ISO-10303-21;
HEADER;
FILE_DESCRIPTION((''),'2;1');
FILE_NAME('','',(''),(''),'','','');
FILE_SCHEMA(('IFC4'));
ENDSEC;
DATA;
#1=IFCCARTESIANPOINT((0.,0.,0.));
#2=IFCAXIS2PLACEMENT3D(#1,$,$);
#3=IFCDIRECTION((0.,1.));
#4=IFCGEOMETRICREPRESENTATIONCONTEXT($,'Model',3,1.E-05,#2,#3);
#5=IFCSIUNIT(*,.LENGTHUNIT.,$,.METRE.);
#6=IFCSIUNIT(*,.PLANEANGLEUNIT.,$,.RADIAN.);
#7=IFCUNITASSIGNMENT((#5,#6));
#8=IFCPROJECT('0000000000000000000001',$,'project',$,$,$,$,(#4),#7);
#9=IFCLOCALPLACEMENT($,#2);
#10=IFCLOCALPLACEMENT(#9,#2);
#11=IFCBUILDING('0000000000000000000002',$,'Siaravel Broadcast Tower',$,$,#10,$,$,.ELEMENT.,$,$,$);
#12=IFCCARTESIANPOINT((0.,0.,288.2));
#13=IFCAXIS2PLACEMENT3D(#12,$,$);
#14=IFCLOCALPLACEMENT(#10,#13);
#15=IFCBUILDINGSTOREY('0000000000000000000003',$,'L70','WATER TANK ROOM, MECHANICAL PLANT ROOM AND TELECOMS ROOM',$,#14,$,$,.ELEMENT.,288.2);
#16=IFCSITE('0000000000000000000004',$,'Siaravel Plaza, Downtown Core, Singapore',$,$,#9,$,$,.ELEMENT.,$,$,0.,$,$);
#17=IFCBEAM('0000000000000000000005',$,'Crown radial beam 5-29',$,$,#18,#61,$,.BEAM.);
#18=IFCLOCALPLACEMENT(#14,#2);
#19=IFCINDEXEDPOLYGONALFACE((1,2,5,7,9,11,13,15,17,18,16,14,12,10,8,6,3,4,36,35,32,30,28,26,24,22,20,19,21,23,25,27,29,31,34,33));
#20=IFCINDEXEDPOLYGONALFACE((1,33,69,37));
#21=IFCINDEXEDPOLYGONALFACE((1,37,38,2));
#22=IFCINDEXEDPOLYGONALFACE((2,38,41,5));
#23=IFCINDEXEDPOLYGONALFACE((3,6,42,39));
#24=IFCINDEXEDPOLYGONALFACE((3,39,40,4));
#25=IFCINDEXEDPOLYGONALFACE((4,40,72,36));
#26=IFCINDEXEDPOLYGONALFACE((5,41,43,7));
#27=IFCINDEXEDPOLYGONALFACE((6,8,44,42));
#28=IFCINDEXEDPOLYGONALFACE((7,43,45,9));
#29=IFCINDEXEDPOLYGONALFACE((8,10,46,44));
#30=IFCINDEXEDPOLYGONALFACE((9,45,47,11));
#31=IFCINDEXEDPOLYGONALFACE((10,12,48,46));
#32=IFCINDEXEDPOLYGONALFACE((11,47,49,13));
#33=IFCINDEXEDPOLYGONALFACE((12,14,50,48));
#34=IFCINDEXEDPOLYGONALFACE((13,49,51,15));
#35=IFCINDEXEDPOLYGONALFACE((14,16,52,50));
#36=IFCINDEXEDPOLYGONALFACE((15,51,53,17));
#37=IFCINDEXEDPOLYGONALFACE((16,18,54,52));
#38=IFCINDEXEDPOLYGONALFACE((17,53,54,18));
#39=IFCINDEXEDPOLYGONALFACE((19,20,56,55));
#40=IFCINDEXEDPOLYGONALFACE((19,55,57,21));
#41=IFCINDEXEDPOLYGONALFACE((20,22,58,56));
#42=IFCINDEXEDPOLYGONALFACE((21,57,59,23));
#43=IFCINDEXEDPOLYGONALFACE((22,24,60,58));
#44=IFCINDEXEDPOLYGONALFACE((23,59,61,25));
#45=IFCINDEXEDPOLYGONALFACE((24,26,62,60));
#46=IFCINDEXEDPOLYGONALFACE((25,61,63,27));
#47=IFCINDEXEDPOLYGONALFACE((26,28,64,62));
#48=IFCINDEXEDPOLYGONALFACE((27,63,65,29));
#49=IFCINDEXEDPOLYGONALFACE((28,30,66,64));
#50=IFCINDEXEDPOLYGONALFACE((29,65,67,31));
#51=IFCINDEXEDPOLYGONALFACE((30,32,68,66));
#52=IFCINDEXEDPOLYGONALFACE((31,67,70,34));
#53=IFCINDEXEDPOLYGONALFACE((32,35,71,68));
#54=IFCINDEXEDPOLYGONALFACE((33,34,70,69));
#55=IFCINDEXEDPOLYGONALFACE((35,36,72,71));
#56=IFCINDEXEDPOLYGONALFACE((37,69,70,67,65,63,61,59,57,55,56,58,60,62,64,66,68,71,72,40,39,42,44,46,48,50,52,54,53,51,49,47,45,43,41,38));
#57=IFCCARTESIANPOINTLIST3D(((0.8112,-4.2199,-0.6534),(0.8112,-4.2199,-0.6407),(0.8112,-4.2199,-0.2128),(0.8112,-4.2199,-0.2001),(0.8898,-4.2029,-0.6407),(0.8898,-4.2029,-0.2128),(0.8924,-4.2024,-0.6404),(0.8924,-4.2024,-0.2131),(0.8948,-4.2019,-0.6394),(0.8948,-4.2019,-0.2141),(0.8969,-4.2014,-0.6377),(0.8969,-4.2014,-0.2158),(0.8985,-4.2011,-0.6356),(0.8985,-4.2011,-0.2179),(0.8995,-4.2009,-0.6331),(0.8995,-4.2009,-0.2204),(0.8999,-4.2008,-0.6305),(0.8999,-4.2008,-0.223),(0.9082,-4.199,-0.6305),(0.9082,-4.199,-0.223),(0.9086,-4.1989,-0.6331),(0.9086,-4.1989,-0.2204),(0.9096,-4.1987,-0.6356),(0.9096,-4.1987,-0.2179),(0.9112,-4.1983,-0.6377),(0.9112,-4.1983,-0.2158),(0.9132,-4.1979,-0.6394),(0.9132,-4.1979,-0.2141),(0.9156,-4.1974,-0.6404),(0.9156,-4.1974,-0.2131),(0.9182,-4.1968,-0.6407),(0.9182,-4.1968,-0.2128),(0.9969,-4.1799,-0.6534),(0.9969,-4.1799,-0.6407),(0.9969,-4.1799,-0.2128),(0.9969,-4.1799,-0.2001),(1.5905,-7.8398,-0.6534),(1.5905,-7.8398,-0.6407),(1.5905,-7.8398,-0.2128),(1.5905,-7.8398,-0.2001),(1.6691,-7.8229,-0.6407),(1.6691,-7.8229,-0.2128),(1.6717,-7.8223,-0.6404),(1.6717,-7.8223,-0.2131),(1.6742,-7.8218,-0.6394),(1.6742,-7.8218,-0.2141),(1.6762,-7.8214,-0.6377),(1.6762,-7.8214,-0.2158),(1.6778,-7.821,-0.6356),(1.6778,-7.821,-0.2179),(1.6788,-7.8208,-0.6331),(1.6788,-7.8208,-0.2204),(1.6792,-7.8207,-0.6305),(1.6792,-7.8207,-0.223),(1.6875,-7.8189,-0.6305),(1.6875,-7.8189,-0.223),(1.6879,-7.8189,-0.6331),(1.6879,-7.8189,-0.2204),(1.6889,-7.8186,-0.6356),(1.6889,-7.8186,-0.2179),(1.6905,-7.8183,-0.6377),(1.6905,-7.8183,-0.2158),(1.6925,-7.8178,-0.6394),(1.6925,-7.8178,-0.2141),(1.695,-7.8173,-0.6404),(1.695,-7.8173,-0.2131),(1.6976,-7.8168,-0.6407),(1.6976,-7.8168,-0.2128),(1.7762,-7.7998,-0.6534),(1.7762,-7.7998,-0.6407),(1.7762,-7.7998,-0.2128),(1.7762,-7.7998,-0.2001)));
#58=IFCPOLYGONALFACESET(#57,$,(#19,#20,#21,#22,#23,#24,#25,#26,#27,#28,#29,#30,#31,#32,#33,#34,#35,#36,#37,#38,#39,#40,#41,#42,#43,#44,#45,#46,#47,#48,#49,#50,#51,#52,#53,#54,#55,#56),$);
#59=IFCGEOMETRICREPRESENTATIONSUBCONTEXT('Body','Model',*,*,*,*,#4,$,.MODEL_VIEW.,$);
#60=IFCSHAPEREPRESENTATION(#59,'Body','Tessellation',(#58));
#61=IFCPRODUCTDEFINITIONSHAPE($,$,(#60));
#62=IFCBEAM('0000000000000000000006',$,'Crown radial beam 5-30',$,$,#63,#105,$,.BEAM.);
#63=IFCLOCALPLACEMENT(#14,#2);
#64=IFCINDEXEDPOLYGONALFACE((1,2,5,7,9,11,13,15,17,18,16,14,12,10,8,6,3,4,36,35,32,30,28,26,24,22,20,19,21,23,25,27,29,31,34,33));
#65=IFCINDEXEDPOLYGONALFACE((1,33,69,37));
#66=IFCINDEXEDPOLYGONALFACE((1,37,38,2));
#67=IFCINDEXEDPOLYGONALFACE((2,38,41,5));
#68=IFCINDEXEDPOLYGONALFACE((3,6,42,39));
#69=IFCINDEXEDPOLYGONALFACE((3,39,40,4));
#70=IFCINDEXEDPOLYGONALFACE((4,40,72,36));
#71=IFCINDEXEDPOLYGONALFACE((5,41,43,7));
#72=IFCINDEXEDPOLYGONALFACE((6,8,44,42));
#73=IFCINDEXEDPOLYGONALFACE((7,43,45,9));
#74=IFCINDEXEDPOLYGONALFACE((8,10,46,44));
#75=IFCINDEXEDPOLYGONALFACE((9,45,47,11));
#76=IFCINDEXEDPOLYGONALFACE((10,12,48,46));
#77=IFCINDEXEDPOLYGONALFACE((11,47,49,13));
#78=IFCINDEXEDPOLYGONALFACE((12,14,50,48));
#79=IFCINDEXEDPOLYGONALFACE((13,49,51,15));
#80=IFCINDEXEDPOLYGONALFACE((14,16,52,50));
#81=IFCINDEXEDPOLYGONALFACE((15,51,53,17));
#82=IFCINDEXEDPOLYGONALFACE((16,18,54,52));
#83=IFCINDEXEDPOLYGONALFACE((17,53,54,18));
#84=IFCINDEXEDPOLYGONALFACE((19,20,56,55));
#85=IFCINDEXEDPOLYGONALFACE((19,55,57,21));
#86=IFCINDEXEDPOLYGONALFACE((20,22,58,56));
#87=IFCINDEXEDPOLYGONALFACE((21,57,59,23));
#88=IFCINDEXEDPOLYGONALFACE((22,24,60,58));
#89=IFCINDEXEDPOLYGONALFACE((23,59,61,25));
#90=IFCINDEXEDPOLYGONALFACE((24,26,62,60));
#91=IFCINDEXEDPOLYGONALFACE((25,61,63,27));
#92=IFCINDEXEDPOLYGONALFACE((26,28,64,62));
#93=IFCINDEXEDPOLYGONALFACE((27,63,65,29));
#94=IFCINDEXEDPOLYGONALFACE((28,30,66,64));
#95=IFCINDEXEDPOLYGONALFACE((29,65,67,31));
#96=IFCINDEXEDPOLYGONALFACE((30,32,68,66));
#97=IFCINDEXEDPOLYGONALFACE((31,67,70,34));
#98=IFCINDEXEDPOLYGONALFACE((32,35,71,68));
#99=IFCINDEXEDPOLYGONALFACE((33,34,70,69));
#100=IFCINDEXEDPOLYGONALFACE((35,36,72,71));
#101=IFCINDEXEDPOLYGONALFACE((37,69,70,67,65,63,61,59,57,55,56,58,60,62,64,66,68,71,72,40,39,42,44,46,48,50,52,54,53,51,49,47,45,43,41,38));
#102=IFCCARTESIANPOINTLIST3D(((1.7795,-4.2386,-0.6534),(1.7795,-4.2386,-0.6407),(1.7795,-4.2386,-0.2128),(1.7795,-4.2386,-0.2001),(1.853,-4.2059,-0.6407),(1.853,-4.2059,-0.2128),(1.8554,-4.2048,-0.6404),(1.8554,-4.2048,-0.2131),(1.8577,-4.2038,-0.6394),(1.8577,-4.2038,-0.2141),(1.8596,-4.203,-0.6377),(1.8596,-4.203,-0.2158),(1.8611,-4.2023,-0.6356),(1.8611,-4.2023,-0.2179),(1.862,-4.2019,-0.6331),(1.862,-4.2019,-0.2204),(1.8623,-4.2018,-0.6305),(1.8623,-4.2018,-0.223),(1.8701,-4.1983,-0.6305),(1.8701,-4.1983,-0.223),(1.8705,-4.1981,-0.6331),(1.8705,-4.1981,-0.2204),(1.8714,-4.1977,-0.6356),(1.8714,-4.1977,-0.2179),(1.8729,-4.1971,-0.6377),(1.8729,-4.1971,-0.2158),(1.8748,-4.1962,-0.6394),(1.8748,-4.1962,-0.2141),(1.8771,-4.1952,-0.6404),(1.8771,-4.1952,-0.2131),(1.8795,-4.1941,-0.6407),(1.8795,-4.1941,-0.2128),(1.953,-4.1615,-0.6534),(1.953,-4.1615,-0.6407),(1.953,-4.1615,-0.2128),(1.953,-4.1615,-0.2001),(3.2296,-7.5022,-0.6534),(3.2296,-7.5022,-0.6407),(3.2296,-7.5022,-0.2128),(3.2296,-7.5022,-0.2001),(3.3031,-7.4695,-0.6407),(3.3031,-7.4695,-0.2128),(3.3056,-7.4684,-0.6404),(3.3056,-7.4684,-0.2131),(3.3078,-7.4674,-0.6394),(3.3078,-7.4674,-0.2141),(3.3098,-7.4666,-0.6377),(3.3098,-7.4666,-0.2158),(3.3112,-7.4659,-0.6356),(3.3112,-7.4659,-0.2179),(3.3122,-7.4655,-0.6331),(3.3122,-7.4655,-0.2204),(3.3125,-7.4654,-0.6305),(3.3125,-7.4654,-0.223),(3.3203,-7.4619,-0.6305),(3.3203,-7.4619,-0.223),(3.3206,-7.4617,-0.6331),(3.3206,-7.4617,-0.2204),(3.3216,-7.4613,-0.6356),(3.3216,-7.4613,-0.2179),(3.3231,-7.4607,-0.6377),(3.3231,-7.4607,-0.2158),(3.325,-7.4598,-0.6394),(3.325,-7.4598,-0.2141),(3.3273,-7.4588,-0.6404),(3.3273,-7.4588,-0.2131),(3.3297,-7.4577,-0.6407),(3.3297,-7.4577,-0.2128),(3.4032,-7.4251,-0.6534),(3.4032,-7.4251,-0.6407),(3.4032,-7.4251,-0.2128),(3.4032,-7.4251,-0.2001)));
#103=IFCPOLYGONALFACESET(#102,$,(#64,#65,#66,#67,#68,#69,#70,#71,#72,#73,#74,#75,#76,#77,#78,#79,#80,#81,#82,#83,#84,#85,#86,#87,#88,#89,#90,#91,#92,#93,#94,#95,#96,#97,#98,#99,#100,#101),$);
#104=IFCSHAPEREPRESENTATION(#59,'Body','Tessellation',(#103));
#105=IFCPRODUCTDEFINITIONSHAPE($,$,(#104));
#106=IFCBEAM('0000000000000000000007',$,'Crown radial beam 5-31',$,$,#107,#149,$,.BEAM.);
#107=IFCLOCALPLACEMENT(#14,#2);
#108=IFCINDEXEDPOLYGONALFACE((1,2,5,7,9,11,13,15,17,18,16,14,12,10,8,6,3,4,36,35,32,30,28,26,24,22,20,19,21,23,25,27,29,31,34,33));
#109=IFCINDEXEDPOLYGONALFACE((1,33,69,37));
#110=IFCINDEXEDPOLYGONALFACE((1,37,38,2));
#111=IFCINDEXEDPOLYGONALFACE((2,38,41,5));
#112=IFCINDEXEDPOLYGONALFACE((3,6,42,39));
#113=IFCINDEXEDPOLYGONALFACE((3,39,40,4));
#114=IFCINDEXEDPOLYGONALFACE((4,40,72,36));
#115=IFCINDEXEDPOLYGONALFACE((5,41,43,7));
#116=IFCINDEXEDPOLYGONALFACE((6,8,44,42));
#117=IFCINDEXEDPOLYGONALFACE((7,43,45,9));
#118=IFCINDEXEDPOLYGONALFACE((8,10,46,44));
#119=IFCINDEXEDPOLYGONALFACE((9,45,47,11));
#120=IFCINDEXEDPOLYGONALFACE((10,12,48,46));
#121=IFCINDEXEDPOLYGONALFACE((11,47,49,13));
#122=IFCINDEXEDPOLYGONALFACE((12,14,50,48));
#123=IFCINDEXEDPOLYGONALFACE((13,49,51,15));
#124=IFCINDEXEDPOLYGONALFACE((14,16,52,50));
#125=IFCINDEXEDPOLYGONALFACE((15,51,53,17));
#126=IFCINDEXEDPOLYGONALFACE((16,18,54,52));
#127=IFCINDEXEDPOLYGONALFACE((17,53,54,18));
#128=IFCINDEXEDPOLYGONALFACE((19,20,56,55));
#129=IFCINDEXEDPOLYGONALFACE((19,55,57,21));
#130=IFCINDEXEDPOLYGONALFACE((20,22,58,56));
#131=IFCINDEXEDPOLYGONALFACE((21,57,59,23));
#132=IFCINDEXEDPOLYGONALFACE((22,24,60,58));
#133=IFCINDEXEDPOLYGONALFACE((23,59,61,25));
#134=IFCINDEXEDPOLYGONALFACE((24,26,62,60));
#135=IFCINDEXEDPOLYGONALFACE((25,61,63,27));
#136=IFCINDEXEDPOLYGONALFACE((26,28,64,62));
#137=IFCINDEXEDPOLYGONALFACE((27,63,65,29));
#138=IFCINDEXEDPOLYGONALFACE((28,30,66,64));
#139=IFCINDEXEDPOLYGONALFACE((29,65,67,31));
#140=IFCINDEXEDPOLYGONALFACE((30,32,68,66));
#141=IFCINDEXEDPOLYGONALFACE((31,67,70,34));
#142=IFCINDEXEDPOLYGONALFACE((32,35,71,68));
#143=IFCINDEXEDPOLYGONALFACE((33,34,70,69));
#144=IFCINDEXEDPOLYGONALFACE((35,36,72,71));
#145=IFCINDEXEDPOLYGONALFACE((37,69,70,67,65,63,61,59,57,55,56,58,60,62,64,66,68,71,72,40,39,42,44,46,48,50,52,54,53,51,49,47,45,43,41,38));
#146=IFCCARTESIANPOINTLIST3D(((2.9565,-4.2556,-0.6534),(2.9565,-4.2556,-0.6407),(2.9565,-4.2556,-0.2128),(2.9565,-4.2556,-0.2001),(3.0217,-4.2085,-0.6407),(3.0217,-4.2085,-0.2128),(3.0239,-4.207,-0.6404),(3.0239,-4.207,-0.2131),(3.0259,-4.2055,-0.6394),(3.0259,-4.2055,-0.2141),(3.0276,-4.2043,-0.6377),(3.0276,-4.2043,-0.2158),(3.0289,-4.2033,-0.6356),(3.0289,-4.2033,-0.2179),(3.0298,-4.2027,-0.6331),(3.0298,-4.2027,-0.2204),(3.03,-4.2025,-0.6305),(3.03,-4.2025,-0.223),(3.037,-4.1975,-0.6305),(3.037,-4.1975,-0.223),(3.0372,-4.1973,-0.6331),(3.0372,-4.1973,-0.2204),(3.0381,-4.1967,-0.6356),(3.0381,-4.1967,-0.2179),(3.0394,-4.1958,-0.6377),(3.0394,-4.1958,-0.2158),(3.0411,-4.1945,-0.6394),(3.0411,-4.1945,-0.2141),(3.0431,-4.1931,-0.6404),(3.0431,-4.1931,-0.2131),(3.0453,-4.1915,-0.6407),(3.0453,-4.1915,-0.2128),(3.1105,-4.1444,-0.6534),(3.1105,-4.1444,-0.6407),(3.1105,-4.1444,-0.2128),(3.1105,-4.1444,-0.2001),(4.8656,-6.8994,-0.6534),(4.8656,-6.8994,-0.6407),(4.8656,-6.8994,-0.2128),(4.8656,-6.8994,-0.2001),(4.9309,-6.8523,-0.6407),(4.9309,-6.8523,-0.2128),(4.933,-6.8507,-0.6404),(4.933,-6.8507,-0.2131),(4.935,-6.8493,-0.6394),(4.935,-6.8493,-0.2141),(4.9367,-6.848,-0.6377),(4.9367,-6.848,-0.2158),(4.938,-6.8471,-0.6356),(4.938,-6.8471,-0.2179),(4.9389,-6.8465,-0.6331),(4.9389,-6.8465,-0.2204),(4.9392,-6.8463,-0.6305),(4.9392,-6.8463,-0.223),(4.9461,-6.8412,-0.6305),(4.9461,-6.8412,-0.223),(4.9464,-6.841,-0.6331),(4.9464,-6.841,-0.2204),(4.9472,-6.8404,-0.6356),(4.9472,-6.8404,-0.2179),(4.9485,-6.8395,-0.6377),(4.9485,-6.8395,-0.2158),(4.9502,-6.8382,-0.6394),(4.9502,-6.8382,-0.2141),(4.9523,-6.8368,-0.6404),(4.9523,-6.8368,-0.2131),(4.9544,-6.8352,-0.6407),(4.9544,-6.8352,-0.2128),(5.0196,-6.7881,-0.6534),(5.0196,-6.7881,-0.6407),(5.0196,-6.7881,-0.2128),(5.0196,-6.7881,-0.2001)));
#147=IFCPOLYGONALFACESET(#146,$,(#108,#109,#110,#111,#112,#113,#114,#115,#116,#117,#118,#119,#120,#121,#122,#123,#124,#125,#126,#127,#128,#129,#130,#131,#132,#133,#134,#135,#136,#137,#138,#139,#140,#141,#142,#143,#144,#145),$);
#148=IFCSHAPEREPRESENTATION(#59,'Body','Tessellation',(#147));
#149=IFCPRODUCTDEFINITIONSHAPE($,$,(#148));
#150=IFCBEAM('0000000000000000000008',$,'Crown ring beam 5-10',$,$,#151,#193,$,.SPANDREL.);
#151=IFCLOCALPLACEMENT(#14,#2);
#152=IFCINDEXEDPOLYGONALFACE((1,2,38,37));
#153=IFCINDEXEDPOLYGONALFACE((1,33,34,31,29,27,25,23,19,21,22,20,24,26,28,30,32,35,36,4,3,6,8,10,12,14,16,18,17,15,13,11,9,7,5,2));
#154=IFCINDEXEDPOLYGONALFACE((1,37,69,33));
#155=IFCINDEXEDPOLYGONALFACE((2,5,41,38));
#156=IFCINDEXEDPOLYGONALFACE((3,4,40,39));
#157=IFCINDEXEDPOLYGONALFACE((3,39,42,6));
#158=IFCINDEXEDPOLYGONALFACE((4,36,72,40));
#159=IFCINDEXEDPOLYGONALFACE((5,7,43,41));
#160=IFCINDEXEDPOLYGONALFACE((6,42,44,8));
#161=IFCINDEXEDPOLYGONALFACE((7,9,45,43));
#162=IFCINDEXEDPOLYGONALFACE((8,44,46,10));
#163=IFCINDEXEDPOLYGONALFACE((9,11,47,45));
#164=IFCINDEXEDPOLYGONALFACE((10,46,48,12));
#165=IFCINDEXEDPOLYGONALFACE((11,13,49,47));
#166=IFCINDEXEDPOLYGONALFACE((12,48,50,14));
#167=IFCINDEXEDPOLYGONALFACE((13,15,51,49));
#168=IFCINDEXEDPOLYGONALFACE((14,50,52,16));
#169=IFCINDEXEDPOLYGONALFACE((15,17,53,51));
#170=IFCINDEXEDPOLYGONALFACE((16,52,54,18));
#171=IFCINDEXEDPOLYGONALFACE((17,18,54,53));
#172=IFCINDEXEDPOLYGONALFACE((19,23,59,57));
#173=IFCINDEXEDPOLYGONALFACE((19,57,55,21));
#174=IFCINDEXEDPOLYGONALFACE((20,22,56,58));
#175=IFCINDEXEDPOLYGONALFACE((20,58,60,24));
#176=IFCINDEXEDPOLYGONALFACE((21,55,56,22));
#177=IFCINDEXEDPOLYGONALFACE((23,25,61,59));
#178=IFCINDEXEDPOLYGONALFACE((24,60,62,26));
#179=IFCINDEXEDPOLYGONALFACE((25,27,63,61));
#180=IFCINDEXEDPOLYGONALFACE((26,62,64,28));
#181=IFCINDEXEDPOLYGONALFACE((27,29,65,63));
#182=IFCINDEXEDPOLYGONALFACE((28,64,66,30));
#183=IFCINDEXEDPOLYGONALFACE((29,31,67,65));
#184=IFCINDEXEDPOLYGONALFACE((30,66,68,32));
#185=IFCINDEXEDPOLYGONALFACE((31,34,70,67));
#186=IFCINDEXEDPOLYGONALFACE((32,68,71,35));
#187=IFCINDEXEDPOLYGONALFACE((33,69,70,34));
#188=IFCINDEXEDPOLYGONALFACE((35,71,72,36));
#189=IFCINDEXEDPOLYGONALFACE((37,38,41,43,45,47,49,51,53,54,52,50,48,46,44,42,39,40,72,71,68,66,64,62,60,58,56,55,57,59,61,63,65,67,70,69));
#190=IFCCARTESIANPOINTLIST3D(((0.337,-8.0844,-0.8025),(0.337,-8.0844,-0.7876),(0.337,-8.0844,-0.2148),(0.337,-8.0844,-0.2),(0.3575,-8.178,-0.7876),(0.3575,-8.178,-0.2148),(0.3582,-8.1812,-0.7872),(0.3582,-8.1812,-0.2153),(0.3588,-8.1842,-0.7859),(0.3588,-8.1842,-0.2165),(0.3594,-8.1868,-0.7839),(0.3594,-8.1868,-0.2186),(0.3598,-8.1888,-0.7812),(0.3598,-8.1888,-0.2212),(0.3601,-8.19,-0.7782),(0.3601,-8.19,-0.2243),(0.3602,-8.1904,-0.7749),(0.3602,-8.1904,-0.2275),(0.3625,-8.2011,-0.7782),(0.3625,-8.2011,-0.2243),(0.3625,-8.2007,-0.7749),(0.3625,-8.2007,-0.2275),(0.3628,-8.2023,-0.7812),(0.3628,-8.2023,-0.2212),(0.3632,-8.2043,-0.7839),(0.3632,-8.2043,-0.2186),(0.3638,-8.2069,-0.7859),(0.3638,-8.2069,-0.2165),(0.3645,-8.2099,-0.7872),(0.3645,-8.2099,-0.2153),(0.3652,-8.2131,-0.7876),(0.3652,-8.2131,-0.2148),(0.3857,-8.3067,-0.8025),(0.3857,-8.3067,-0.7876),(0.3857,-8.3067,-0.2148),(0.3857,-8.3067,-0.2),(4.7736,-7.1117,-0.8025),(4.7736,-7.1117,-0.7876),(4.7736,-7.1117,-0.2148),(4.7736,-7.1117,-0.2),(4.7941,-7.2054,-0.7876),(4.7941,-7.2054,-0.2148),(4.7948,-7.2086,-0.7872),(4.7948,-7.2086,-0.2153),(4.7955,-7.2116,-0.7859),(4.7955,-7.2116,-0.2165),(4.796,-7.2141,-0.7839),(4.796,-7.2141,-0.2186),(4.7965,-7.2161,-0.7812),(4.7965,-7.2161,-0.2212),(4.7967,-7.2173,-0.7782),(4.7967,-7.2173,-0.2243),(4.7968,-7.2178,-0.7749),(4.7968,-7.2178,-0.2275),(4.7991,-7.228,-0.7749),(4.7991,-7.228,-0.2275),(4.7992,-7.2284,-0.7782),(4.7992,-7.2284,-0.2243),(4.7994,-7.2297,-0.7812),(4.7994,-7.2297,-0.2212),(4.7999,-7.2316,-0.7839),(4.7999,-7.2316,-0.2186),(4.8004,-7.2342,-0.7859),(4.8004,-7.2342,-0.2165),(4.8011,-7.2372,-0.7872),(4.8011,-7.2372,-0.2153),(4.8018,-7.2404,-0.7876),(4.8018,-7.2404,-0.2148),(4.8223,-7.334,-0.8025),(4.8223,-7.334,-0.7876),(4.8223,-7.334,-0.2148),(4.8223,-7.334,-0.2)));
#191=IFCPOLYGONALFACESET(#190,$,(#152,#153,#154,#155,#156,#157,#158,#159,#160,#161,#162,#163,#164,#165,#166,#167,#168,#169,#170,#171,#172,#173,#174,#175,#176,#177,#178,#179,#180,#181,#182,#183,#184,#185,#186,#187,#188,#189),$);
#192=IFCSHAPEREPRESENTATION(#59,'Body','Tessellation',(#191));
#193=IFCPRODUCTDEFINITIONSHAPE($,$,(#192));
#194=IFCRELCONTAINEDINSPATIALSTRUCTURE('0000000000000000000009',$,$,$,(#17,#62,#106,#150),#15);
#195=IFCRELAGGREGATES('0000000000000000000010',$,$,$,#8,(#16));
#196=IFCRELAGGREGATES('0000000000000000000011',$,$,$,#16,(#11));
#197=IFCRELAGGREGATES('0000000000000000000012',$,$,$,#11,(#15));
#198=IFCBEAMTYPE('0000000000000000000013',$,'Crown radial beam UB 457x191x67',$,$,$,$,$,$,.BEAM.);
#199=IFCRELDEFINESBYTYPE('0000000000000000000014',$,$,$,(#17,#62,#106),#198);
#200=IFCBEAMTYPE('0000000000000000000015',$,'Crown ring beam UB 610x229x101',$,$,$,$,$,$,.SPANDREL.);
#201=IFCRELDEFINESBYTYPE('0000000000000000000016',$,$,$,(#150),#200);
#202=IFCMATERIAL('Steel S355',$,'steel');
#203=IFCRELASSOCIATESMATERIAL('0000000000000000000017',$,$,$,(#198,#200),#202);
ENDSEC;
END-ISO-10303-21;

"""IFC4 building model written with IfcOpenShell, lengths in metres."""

from ifc_helpers import new_model, si_unit, direction, frame, origin, origin_2d, place, context, subcontext, project, spatial, i_section, extrude, material, material_profile, profile_set, type_object, element, save


model = new_model("IFC4")

# Units and contexts
model_context = context("Model", 3, precision=1e-05, world=origin(), true_north=direction((0.0, 1.0)))
body_context = subcontext(model_context, "Body", "Model", "MODEL_VIEW")
ifc_project = project(units=[si_unit("LENGTHUNIT", "METRE"), si_unit("PLANEANGLEUNIT", "RADIAN")], contexts=[model_context])

# Site, building, storey
site_placement = place(None, origin())
site = spatial("IfcSite", under=ifc_project, at=site_placement, Name="Siaravel Plaza, Downtown Core, Singapore", CompositionType="ELEMENT", RefElevation=0.0)
building_placement = place(site_placement, origin())
building = spatial("IfcBuilding", under=site, at=building_placement, Name="Siaravel Broadcast Tower", CompositionType="ELEMENT")
storey_placement = place(building_placement, frame((0.0, 0.0, 288.2)))
storey = spatial("IfcBuildingStorey", under=building, at=storey_placement, Name="L70", Description="WATER TANK ROOM, MECHANICAL PLANT ROOM AND TELECOMS ROOM", CompositionType="ELEMENT", Elevation=288.2)

# Beams
ifc_material_1 = material(Name="Steel S355", Category="steel")
ifc_material_profile_1 = material_profile(ifc_material_1, i_section(OverallWidth=0.1899, OverallDepth=0.4534, WebThickness=0.0085, FlangeThickness=0.0127, FilletRadius=0.0103, at=origin_2d()))
ifc_profile_set_1 = profile_set([ifc_material_profile_1], Name="Steel S355")
beam_type_1 = type_object("IfcBeamType", Name="Crown radial beam UB 457x191x67", PredefinedType="BEAM", material=ifc_profile_set_1)
beam_1_placement = place(storey_placement, frame((1.6833, -7.8198, -0.4268), z_axis=(-0.210461, 0.977602, 0.0), x_axis=(-0.977602, -0.210461, 0.0)))
element("IfcBeam", 1, at=beam_1_placement, inside=storey, type_object=beam_type_1, Name="Crown radial beam 5-29", PredefinedType="BEAM", context=body_context, shape_type="SweptSolid", body=[
    extrude(i_section(OverallWidth=0.1899, OverallDepth=0.4534, WebThickness=0.0085, FlangeThickness=0.0127, FilletRadius=0.0103, at=origin_2d()), origin(), (0.0, 0.0, 1.0), 3.7029),
])
beam_2_placement = place(storey_placement, frame((3.3164, -7.4636, -0.4268), z_axis=(-0.406062, 0.913845, 0.0), x_axis=(-0.913845, -0.406062, 0.0)))
element("IfcBeam", 2, at=beam_2_placement, inside=storey, type_object=beam_type_1, Name="Crown radial beam 5-30", PredefinedType="BEAM", context=body_context, shape_type="SweptSolid", body=[
    extrude(i_section(OverallWidth=0.1899, OverallDepth=0.4534, WebThickness=0.0085, FlangeThickness=0.0127, FilletRadius=0.0103, at=origin_2d()), origin(), (0.0, 0.0, 1.0), 3.5713),
])
beam_3_placement = place(storey_placement, frame((4.9426, -6.8438, -0.4268), z_axis=(-0.585444, 0.810713, 0.0), x_axis=(-0.810713, -0.585444, 0.0)))
element("IfcBeam", 3, at=beam_3_placement, inside=storey, type_object=beam_type_1, Name="Crown radial beam 5-31", PredefinedType="BEAM", context=body_context, shape_type="SweptSolid", body=[
    extrude(i_section(OverallWidth=0.1899, OverallDepth=0.4534, WebThickness=0.0085, FlangeThickness=0.0127, FilletRadius=0.0103, at=origin_2d()), origin(), (0.0, 0.0, 1.0), 3.261),
])
ifc_material_profile_2 = material_profile(ifc_material_1, i_section(OverallWidth=0.2275, OverallDepth=0.6025, WebThickness=0.0105, FlangeThickness=0.0149, FilletRadius=0.0127, at=origin_2d()))
ifc_profile_set_2 = profile_set([ifc_material_profile_2], Name="Steel S355")
beam_type_2 = type_object("IfcBeamType", Name="Crown ring beam UB 610x229x101", PredefinedType="SPANDREL", material=ifc_profile_set_2)
beam_4_placement = place(storey_placement, frame((0.3613, -8.1956, -0.5012), z_axis=(0.9768, 0.214152, 0.0), x_axis=(-0.214152, 0.9768, 0.0)))
element("IfcBeam", 4, at=beam_4_placement, inside=storey, type_object=beam_type_2, Name="Crown ring beam 5-10", PredefinedType="SPANDREL", context=body_context, shape_type="SweptSolid", body=[
    extrude(i_section(OverallWidth=0.2275, OverallDepth=0.6025, WebThickness=0.0105, FlangeThickness=0.0149, FilletRadius=0.0127, at=origin_2d()), origin(), (0.0, 0.0, 1.0), 4.542),
])

save(model, "model.ifc")
